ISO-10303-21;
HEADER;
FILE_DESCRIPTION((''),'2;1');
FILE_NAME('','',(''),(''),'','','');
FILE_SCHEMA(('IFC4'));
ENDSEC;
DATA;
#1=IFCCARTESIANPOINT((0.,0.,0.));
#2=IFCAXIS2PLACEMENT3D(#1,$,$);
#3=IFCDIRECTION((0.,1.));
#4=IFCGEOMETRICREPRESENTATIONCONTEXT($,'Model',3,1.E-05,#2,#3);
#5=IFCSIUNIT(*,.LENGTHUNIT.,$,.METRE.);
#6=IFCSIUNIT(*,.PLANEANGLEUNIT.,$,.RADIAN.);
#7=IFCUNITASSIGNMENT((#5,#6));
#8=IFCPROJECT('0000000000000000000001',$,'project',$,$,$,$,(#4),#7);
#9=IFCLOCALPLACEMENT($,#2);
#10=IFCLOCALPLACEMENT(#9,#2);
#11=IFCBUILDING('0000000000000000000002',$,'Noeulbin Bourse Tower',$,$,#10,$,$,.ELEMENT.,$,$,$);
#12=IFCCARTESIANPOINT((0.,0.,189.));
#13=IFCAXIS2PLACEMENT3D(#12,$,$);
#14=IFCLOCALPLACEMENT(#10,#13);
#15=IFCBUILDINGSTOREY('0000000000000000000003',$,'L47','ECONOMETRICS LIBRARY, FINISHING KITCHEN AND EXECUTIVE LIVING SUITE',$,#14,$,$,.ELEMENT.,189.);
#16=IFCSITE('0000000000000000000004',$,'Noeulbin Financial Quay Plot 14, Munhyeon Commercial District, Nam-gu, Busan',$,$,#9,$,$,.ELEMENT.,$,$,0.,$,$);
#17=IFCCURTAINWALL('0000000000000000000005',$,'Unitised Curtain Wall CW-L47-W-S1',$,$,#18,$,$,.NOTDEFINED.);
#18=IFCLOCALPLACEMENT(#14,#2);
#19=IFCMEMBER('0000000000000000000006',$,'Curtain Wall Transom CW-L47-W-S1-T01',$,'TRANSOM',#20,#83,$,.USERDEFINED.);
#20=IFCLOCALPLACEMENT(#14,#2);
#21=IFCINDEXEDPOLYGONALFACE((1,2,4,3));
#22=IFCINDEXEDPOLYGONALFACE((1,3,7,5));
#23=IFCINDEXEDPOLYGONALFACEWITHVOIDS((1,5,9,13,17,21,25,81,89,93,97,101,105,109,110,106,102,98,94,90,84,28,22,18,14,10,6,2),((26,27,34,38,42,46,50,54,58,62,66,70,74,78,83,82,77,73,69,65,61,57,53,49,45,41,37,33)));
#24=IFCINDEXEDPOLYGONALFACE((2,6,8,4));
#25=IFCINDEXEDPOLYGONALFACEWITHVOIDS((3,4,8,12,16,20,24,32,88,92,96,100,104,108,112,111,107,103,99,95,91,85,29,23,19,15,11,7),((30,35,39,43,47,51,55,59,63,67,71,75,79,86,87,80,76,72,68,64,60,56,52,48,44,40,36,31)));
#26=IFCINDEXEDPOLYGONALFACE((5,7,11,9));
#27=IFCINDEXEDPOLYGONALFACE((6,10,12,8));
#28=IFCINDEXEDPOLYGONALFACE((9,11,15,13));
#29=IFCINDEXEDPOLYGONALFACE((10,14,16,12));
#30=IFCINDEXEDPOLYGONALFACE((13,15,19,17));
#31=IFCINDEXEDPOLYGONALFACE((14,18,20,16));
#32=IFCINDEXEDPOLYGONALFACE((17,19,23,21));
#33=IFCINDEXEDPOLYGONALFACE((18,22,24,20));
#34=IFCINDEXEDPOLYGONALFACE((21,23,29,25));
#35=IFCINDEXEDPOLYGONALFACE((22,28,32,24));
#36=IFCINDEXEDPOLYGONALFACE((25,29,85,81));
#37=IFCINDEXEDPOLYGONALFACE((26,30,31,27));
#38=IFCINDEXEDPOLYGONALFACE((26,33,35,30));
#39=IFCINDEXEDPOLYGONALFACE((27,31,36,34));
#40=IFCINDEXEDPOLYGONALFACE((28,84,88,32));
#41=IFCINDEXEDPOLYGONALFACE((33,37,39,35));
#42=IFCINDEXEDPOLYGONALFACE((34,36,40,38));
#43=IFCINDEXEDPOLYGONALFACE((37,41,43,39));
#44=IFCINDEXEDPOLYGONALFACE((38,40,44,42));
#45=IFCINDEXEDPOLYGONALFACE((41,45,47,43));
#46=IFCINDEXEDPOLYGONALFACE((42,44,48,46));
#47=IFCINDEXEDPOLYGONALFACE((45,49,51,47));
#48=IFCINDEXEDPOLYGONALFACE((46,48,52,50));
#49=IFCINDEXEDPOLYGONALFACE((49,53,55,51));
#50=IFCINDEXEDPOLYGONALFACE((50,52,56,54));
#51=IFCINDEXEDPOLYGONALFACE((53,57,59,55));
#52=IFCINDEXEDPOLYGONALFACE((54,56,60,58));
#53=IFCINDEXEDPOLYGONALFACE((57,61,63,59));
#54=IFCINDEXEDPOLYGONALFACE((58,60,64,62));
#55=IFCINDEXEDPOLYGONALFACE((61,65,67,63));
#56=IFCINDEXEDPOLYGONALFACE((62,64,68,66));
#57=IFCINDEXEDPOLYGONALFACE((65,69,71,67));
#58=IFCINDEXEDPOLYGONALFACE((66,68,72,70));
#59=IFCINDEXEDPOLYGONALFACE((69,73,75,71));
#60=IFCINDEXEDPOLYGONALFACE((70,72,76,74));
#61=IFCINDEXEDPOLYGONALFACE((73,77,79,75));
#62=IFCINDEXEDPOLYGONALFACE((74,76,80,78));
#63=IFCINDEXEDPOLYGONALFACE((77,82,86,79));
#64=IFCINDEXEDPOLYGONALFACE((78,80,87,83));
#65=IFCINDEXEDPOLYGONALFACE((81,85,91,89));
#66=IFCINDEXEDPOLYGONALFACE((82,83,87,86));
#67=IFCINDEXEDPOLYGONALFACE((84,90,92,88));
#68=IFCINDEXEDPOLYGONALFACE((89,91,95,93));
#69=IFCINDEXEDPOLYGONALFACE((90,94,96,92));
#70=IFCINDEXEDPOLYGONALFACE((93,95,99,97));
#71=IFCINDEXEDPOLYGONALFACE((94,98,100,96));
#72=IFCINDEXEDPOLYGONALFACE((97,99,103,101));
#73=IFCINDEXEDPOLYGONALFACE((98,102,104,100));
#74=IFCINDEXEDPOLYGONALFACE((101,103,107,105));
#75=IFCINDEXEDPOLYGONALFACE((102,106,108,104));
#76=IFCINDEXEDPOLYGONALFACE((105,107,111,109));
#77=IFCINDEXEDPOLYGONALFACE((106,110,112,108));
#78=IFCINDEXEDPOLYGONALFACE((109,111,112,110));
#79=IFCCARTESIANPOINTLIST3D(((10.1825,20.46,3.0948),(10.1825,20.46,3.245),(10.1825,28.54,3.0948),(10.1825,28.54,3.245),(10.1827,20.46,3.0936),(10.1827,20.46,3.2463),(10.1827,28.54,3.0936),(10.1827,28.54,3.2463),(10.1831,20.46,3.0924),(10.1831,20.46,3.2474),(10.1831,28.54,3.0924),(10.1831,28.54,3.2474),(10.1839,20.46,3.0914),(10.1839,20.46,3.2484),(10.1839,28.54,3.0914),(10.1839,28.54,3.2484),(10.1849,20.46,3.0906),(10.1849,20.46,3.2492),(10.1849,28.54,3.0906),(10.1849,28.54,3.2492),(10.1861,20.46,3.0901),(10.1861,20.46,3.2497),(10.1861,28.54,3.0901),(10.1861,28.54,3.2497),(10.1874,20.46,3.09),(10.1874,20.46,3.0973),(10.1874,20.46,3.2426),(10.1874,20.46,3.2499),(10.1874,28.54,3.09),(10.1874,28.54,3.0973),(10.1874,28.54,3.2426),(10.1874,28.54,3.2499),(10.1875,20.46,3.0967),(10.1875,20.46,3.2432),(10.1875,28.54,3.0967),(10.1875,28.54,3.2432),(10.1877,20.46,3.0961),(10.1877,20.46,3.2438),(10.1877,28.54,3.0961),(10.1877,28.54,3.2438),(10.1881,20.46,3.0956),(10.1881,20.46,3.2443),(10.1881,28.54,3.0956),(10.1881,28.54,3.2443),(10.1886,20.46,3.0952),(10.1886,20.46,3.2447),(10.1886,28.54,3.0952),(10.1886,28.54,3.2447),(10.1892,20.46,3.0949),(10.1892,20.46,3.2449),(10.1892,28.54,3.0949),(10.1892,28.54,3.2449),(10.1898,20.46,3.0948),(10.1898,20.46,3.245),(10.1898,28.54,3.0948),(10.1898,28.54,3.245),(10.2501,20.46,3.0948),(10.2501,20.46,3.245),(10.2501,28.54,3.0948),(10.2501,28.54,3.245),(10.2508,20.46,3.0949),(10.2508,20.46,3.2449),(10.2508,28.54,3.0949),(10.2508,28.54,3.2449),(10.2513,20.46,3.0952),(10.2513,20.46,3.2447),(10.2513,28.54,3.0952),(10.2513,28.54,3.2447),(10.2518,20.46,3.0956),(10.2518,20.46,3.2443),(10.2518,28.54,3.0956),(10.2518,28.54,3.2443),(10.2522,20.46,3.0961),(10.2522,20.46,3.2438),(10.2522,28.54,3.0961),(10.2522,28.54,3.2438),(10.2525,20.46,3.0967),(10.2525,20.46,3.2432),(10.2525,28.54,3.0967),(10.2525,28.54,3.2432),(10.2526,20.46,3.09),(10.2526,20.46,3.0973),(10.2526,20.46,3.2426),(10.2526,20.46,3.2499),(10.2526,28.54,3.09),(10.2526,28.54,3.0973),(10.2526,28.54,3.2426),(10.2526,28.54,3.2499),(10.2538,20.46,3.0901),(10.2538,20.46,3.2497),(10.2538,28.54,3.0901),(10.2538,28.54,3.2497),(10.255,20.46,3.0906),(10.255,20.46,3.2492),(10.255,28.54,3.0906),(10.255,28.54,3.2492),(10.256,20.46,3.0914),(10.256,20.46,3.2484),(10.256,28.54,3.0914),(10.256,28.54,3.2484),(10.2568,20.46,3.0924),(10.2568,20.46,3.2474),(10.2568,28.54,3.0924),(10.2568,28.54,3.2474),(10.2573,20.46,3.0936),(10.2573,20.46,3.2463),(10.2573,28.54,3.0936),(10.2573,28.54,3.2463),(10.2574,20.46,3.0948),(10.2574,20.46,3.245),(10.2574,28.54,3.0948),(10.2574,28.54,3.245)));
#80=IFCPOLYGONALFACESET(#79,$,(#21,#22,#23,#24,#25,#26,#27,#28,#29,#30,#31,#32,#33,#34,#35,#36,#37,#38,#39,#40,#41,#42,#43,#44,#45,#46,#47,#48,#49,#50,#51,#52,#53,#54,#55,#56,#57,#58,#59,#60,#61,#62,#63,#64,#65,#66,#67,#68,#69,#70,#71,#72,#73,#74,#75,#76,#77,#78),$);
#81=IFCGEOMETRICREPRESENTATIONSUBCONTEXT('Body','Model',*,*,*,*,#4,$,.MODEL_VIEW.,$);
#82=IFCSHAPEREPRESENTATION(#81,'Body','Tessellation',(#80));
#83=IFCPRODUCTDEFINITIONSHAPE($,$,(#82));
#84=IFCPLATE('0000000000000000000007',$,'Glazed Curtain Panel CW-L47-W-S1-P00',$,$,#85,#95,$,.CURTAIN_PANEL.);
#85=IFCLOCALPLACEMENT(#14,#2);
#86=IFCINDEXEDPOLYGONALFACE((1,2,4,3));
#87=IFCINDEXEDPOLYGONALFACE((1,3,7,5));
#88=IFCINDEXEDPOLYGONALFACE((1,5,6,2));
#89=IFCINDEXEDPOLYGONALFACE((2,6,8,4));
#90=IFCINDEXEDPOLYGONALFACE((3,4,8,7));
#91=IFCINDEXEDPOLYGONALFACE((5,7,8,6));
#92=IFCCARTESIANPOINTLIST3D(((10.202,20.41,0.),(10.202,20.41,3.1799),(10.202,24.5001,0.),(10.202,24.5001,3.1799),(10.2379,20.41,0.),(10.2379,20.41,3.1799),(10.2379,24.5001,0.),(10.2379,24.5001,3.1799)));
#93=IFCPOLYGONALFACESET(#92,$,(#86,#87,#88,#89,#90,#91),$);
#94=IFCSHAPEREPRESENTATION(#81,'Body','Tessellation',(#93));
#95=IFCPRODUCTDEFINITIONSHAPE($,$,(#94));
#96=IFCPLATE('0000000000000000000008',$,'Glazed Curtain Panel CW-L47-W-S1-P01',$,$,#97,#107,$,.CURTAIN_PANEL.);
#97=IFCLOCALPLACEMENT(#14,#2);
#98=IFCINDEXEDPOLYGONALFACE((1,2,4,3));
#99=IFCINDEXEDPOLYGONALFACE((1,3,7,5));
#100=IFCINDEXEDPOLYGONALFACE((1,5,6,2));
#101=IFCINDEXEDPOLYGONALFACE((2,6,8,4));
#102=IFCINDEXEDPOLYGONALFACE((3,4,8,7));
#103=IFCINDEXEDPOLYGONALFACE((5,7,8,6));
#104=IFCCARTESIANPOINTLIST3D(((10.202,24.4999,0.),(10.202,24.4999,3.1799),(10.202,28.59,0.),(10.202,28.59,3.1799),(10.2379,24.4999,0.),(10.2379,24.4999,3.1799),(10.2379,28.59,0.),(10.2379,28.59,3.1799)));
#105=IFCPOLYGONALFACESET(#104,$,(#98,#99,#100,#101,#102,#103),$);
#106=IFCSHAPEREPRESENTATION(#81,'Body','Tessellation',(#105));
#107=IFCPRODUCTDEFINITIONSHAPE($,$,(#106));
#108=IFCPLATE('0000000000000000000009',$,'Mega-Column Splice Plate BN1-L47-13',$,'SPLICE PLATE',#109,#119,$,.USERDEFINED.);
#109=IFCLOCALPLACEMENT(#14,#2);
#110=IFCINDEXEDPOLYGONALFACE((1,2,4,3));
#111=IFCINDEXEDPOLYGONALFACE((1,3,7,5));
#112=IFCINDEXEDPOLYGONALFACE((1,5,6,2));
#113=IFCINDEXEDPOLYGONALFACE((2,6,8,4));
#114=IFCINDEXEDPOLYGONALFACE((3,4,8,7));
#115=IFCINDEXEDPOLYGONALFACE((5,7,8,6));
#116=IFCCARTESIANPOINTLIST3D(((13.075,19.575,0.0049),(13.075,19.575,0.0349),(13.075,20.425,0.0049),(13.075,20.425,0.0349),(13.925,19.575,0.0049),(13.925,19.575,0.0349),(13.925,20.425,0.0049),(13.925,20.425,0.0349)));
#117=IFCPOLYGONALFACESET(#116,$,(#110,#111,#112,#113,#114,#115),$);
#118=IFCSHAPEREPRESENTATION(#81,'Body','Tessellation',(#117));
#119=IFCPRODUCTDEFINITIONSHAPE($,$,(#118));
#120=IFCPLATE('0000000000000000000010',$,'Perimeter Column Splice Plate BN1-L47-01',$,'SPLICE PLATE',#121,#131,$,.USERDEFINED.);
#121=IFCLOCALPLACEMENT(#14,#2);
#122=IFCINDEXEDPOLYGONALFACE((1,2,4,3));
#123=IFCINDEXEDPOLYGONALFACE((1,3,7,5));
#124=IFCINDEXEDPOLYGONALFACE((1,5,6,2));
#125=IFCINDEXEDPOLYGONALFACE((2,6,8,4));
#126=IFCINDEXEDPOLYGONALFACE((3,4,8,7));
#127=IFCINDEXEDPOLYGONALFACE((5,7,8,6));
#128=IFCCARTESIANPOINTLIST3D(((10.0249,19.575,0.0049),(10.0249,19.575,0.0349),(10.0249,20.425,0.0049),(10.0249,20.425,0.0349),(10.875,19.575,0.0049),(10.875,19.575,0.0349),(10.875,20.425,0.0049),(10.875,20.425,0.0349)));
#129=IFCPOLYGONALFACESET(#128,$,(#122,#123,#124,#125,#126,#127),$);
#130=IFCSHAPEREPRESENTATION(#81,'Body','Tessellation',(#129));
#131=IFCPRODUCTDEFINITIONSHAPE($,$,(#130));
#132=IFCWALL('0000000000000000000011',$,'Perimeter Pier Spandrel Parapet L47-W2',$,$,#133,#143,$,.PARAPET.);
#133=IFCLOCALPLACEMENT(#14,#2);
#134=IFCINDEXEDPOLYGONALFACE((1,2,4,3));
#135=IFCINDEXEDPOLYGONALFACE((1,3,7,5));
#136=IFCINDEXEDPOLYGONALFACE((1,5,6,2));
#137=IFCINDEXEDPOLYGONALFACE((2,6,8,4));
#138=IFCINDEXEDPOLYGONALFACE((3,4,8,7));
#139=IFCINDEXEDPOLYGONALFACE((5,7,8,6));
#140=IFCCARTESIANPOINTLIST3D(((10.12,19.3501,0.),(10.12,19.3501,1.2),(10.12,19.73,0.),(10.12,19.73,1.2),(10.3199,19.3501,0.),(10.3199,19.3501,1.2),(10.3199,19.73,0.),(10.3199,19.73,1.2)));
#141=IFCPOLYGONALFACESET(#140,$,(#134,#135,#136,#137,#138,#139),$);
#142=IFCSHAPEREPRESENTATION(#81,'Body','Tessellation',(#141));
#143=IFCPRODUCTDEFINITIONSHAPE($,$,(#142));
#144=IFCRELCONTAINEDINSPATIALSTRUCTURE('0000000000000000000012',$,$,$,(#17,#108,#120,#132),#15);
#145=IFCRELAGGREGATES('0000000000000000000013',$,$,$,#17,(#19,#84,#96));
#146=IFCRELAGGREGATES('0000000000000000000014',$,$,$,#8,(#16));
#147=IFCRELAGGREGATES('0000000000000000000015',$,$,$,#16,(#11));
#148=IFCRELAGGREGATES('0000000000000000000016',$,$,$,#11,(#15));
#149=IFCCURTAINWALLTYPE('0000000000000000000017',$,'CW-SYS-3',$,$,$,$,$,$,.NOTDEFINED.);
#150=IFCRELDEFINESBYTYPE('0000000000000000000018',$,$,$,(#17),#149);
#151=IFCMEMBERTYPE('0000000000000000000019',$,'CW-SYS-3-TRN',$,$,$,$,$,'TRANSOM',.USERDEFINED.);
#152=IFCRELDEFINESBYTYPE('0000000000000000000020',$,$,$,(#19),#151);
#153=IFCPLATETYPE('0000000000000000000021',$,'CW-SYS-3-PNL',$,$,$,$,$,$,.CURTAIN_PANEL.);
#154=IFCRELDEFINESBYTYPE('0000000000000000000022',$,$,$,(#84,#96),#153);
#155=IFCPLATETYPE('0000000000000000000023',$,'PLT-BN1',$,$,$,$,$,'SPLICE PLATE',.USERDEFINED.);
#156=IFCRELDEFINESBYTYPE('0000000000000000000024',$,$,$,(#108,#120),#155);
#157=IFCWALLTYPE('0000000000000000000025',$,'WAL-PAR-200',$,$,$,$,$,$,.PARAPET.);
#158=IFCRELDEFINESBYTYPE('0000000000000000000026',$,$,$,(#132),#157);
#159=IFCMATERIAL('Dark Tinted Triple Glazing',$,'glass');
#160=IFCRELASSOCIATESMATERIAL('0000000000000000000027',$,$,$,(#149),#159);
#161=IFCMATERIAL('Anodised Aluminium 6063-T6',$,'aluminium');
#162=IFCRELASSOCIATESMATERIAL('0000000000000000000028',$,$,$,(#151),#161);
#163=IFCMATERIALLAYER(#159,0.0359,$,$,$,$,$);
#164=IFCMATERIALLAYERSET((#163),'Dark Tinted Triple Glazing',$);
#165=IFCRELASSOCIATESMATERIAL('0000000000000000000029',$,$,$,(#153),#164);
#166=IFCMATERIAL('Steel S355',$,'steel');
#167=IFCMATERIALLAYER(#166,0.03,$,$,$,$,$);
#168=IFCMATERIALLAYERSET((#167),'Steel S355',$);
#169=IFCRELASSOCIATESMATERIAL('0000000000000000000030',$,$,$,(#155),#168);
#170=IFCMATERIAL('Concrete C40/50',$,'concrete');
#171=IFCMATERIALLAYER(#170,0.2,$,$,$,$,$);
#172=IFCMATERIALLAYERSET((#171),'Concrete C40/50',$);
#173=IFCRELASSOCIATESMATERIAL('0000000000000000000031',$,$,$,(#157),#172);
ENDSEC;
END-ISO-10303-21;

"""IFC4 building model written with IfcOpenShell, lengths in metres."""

from ifc_helpers import new_model, si_unit, direction, frame, frame_2d, origin, origin_2d, place, context, subcontext, project, spatial, rectangle, hollow_rectangle, extrude, material, layer, layer_set, material_profile, profile_set, type_object, element, aggregate, save


model = new_model("IFC4")

# Units and contexts
model_context = context("Model", 3, precision=1e-05, world=origin(), true_north=direction((0.0, 1.0)))
body_context = subcontext(model_context, "Body", "Model", "MODEL_VIEW")
ifc_project = project(units=[si_unit("LENGTHUNIT", "METRE"), si_unit("PLANEANGLEUNIT", "RADIAN")], contexts=[model_context])

# Site, building, storey
site_placement = place(None, origin())
site = spatial("IfcSite", under=ifc_project, at=site_placement, Name="Noeulbin Financial Quay Plot 14, Munhyeon Commercial District, Nam-gu, Busan", CompositionType="ELEMENT", RefElevation=0.0)
building_placement = place(site_placement, origin())
building = spatial("IfcBuilding", under=site, at=building_placement, Name="Noeulbin Bourse Tower", CompositionType="ELEMENT")
storey_placement = place(building_placement, frame((0.0, 0.0, 189.0)))
storey = spatial("IfcBuildingStorey", under=building, at=storey_placement, Name="L47", Description="ECONOMETRICS LIBRARY, FINISHING KITCHEN AND EXECUTIVE LIVING SUITE", CompositionType="ELEMENT", Elevation=189.0)

# Shared definitions
ifc_material_1 = material(Name="Steel S355", Category="steel")

# Curtain wall, member, plates
ifc_material_2 = material(Name="Dark Tinted Triple Glazing", Category="glass")
curtain_wall_type = type_object("IfcCurtainWallType", Name="CW-SYS-3", PredefinedType="NOTDEFINED", material=ifc_material_2)
curtain_wall_placement = place(storey_placement, origin())
curtain_wall = element("IfcCurtainWall", 1, at=curtain_wall_placement, inside=storey, type_object=curtain_wall_type, Name="Unitised Curtain Wall CW-L47-W-S1", PredefinedType="NOTDEFINED")
ifc_material_3 = material(Name="Anodised Aluminium 6063-T6", Category="aluminium")
ifc_material_profile_1 = material_profile(ifc_material_3, hollow_rectangle(XDim=0.075, YDim=0.1599, WallThickness=0.0049, InnerFilletRadius=0.0024, OuterFilletRadius=0.0049, at=origin_2d()), Name="ALU-TRAN-75x160x5", Category="LoadBearing")
ifc_profile_set_1 = profile_set([ifc_material_profile_1], Name="Anodised Aluminium 6063-T6")
member_type_1 = type_object("IfcMemberType", Name="CW-SYS-3-TRN", ElementType="TRANSOM", PredefinedType="USERDEFINED", material=ifc_profile_set_1)
member_1_placement = place(storey_placement, frame((10.22, 20.46, 3.1699), z_axis=(0.0, 1.0, 0.0), x_axis=(-1.0, 0.0, 0.0)))
member_1 = element("IfcMember", 2, at=member_1_placement, type_object=member_type_1, Name="Curtain Wall Transom CW-L47-W-S1-T01", ObjectType="TRANSOM", PredefinedType="USERDEFINED", context=body_context, shape_type="SweptSolid", body=[
    extrude(hollow_rectangle(XDim=0.075, YDim=0.1599, WallThickness=0.0049, InnerFilletRadius=0.0024, OuterFilletRadius=0.0049, at=origin_2d()), origin(), (0.0, 0.0, 1.0), 8.0801),
])
ifc_layer_1 = layer(ifc_material_2, 0.0359)
ifc_layer_set_1 = layer_set([ifc_layer_1], Name="Dark Tinted Triple Glazing")
plate_type_1 = type_object("IfcPlateType", Name="CW-SYS-3-PNL", PredefinedType="CURTAIN_PANEL", material=ifc_layer_set_1)
plate_1_placement = place(storey_placement, frame((10.22, 22.4551, 0.0), z_axis=(0.0, 0.0, 1.0), x_axis=(0.0, 1.0, 0.0)))
plate_1 = element("IfcPlate", 3, at=plate_1_placement, type_object=plate_type_1, Name="Glazed Curtain Panel CW-L47-W-S1-P00", PredefinedType="CURTAIN_PANEL", context=body_context, shape_type="SweptSolid", body=[
    extrude(rectangle(XDim=4.0901, YDim=0.0359, at=origin_2d()), origin(), (0.0, 0.0, 1.0), 3.1799),
])
plate_2_placement = place(storey_placement, frame((10.22, 26.5449, 0.0), z_axis=(0.0, 0.0, 1.0), x_axis=(0.0, 1.0, 0.0)))
plate_2 = element("IfcPlate", 4, at=plate_2_placement, type_object=plate_type_1, Name="Glazed Curtain Panel CW-L47-W-S1-P01", PredefinedType="CURTAIN_PANEL", context=body_context, shape_type="SweptSolid", body=[
    extrude(rectangle(XDim=4.0901, YDim=0.0359, at=origin_2d()), origin(), (0.0, 0.0, 1.0), 3.1799),
])
aggregate(curtain_wall, [member_1, plate_1, plate_2])

# Plates
ifc_layer_2 = layer(ifc_material_1, 0.03)
ifc_layer_set_2 = layer_set([ifc_layer_2], Name="Steel S355")
plate_type_2 = type_object("IfcPlateType", Name="PLT-BN1", ElementType="SPLICE PLATE", PredefinedType="USERDEFINED", material=ifc_layer_set_2)
for number, where, z_axis, x_axis, name in (
    (5, (13.5, 20.0, 0.0049), (0.0, 0.0, 1.0), (1.0, 0.0, 0.0), "Mega-Column Splice Plate BN1-L47-13"),
    (6, (10.45, 20.0, 0.0049), (0.0, 0.0, 1.0), (1.0, 0.0, 0.0), "Perimeter Column Splice Plate BN1-L47-01"),
):
    element("IfcPlate", number, at=place(storey_placement, frame(where, z_axis=z_axis, x_axis=x_axis)), inside=storey, type_object=plate_type_2, Name=name, ObjectType="SPLICE PLATE", PredefinedType="USERDEFINED", context=body_context, shape_type="SweptSolid", body=[
        extrude(rectangle(XDim=0.8501, YDim=0.8501, at=origin_2d()), origin(), (0.0, 0.0, 1.0), 0.03),
    ])

# Wall
ifc_material_4 = material(Name="Concrete C40/50", Category="concrete")
ifc_layer_3 = layer(ifc_material_4, 0.2)
ifc_layer_set_3 = layer_set([ifc_layer_3], Name="Concrete C40/50")
wall_type_1 = type_object("IfcWallType", Name="WAL-PAR-200", PredefinedType="PARAPET", material=ifc_layer_set_3)
wall_1_placement = place(storey_placement, frame((10.22, 19.3501, 0.0), z_axis=(0.0, 0.0, 1.0), x_axis=(0.0, 1.0, 0.0)))
element("IfcWall", 7, at=wall_1_placement, inside=storey, type_object=wall_type_1, Name="Perimeter Pier Spandrel Parapet L47-W2", PredefinedType="PARAPET", context=body_context, shape_type="SweptSolid", body=[
    extrude(rectangle(XDim=0.3799, YDim=0.2, at=frame_2d((0.1899, 0.0))), origin(), (0.0, 0.0, 1.0), 1.2),
])

save(model, "model.ifc")
